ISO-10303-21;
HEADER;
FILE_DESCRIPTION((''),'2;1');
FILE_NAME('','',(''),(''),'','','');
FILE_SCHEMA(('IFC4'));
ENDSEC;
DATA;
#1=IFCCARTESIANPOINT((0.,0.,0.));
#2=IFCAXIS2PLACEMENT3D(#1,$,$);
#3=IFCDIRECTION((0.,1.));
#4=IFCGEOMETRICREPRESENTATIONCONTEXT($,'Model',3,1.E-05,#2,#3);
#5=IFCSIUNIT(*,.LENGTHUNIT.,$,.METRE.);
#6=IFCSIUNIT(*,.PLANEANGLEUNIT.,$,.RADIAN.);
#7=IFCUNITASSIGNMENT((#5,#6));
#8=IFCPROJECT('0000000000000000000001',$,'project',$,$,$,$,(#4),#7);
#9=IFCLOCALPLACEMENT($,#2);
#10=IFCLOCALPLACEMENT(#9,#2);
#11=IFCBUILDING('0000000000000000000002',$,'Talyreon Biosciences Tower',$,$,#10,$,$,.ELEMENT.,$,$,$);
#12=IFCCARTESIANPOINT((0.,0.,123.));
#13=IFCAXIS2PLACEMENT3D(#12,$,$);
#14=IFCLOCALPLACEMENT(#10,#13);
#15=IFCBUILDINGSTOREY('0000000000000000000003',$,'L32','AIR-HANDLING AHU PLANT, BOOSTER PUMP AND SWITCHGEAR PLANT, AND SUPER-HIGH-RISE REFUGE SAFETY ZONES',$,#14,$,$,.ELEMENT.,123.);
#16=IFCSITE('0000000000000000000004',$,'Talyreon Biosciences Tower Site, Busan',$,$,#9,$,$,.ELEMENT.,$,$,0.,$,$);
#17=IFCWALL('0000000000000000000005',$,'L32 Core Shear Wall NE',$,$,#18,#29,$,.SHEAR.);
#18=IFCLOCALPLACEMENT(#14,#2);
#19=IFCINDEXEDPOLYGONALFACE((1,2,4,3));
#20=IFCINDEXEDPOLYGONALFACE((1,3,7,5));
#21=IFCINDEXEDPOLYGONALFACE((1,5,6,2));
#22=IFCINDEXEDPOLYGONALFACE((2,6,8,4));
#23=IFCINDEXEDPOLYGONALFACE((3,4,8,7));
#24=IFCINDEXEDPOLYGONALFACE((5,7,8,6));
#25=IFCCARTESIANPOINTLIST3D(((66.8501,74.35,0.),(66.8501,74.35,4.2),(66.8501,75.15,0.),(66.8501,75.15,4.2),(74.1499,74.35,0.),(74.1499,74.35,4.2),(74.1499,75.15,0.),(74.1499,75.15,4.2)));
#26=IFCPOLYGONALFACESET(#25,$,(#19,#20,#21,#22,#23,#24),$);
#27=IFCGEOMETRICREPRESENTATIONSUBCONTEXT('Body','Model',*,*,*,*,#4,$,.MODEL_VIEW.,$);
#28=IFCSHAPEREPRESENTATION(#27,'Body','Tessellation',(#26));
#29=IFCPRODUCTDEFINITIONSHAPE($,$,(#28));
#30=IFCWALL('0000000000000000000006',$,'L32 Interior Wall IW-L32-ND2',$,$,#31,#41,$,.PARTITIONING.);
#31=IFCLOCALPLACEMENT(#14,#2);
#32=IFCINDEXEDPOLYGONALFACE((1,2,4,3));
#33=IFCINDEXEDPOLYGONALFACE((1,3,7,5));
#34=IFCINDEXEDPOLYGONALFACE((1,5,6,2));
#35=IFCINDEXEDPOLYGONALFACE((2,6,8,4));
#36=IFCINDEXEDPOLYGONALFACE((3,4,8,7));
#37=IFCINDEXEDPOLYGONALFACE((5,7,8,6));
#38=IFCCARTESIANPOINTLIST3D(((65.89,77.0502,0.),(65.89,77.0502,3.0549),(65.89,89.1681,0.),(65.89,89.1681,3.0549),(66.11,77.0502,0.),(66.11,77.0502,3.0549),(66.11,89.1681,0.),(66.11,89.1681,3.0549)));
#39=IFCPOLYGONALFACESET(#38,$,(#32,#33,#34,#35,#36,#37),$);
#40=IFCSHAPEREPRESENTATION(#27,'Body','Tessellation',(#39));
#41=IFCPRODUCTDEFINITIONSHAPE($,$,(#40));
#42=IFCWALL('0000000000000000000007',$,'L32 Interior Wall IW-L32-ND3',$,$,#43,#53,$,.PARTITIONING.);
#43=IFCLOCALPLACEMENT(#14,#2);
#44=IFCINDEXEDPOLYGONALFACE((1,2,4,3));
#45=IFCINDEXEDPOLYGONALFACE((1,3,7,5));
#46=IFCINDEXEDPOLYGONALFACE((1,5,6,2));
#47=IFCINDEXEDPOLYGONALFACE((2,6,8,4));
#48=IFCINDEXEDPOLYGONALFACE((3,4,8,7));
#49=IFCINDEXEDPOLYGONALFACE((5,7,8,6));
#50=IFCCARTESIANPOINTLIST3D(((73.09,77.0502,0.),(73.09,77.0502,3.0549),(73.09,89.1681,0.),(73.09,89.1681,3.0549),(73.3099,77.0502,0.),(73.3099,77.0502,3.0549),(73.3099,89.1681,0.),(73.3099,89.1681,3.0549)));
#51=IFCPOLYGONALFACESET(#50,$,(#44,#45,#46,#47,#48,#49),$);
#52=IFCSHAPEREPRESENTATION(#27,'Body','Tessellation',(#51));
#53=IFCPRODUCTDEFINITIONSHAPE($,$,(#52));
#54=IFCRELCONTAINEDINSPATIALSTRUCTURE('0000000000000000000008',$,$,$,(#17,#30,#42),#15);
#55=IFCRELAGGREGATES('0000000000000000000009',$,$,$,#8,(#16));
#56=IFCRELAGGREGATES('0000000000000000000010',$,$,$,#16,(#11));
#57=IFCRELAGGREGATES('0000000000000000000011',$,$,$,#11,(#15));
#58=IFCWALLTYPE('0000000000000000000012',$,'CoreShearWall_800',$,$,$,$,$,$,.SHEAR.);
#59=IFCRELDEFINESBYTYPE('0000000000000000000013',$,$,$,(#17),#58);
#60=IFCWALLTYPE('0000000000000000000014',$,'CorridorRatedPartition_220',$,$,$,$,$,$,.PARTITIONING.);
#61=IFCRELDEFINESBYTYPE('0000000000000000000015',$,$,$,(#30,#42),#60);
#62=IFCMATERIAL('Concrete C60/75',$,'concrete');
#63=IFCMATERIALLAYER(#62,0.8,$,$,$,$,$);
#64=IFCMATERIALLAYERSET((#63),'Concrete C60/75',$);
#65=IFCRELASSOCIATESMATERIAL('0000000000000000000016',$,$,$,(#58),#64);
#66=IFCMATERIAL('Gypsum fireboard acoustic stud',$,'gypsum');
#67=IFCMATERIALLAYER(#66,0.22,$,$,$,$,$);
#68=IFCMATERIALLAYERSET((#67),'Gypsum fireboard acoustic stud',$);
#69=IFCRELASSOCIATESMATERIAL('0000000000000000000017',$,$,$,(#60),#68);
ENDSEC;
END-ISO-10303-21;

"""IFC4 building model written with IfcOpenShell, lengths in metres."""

from ifc_helpers import new_model, si_unit, direction, frame, frame_2d, origin, place, context, subcontext, project, spatial, rectangle, extrude, material, layer, layer_set, type_object, element, save


model = new_model("IFC4")

# Units and contexts
model_context = context("Model", 3, precision=1e-05, world=origin(), true_north=direction((0.0, 1.0)))
body_context = subcontext(model_context, "Body", "Model", "MODEL_VIEW")
ifc_project = project(units=[si_unit("LENGTHUNIT", "METRE"), si_unit("PLANEANGLEUNIT", "RADIAN")], contexts=[model_context])

# Site, building, storey
site_placement = place(None, origin())
site = spatial("IfcSite", under=ifc_project, at=site_placement, Name="Talyreon Biosciences Tower Site, Busan", CompositionType="ELEMENT", RefElevation=0.0)
building_placement = place(site_placement, origin())
building = spatial("IfcBuilding", under=site, at=building_placement, Name="Talyreon Biosciences Tower", CompositionType="ELEMENT")
storey_placement = place(building_placement, frame((0.0, 0.0, 123.0)))
storey = spatial("IfcBuildingStorey", under=building, at=storey_placement, Name="L32", Description="AIR-HANDLING AHU PLANT, BOOSTER PUMP AND SWITCHGEAR PLANT, AND SUPER-HIGH-RISE REFUGE SAFETY ZONES", CompositionType="ELEMENT", Elevation=123.0)

# Shared definitions
ifc_material_1 = material(Name="Concrete C60/75", Category="concrete")

# Walls
ifc_layer_1 = layer(ifc_material_1, 0.8)
ifc_layer_set_1 = layer_set([ifc_layer_1], Name="Concrete C60/75")
wall_type_1 = type_object("IfcWallType", Name="CoreShearWall_800", PredefinedType="SHEAR", material=ifc_layer_set_1)
wall_1_placement = place(storey_placement, frame((74.1499, 74.75, 0.0), z_axis=(0.0, 0.0, 1.0), x_axis=(-1.0, 0.0, 0.0)))
element("IfcWall", 1, at=wall_1_placement, inside=storey, type_object=wall_type_1, Name="L32 Core Shear Wall NE", PredefinedType="SHEAR", context=body_context, shape_type="SweptSolid", body=[
    extrude(rectangle(XDim=7.2998, YDim=0.8, at=frame_2d((3.6499, 0.0))), origin(), (0.0, 0.0, 1.0), 4.2),
])
ifc_material_2 = material(Name="Gypsum fireboard acoustic stud", Category="gypsum")
ifc_layer_2 = layer(ifc_material_2, 0.22)
ifc_layer_set_2 = layer_set([ifc_layer_2], Name="Gypsum fireboard acoustic stud")
wall_type_2 = type_object("IfcWallType", Name="CorridorRatedPartition_220", PredefinedType="PARTITIONING", material=ifc_layer_set_2)
for number, where, z_axis, x_axis, name in (
    (2, (66.0, 77.05, 0.0), (0.0, 0.0, 1.0), (0.0, 1.0, 0.0), "L32 Interior Wall IW-L32-ND2"),
    (3, (73.2, 77.05, 0.0), (0.0, 0.0, 1.0), (0.0, 1.0, 0.0), "L32 Interior Wall IW-L32-ND3"),
):
    element("IfcWall", number, at=place(storey_placement, frame(where, z_axis=z_axis, x_axis=x_axis)), inside=storey, type_object=wall_type_2, Name=name, PredefinedType="PARTITIONING", context=body_context, shape_type="SweptSolid", body=[
        extrude(rectangle(XDim=12.1179, YDim=0.22, at=frame_2d((6.0591, 0.0))), origin(), (0.0, 0.0, 1.0), 3.0549),
    ])

save(model, "model.ifc")
